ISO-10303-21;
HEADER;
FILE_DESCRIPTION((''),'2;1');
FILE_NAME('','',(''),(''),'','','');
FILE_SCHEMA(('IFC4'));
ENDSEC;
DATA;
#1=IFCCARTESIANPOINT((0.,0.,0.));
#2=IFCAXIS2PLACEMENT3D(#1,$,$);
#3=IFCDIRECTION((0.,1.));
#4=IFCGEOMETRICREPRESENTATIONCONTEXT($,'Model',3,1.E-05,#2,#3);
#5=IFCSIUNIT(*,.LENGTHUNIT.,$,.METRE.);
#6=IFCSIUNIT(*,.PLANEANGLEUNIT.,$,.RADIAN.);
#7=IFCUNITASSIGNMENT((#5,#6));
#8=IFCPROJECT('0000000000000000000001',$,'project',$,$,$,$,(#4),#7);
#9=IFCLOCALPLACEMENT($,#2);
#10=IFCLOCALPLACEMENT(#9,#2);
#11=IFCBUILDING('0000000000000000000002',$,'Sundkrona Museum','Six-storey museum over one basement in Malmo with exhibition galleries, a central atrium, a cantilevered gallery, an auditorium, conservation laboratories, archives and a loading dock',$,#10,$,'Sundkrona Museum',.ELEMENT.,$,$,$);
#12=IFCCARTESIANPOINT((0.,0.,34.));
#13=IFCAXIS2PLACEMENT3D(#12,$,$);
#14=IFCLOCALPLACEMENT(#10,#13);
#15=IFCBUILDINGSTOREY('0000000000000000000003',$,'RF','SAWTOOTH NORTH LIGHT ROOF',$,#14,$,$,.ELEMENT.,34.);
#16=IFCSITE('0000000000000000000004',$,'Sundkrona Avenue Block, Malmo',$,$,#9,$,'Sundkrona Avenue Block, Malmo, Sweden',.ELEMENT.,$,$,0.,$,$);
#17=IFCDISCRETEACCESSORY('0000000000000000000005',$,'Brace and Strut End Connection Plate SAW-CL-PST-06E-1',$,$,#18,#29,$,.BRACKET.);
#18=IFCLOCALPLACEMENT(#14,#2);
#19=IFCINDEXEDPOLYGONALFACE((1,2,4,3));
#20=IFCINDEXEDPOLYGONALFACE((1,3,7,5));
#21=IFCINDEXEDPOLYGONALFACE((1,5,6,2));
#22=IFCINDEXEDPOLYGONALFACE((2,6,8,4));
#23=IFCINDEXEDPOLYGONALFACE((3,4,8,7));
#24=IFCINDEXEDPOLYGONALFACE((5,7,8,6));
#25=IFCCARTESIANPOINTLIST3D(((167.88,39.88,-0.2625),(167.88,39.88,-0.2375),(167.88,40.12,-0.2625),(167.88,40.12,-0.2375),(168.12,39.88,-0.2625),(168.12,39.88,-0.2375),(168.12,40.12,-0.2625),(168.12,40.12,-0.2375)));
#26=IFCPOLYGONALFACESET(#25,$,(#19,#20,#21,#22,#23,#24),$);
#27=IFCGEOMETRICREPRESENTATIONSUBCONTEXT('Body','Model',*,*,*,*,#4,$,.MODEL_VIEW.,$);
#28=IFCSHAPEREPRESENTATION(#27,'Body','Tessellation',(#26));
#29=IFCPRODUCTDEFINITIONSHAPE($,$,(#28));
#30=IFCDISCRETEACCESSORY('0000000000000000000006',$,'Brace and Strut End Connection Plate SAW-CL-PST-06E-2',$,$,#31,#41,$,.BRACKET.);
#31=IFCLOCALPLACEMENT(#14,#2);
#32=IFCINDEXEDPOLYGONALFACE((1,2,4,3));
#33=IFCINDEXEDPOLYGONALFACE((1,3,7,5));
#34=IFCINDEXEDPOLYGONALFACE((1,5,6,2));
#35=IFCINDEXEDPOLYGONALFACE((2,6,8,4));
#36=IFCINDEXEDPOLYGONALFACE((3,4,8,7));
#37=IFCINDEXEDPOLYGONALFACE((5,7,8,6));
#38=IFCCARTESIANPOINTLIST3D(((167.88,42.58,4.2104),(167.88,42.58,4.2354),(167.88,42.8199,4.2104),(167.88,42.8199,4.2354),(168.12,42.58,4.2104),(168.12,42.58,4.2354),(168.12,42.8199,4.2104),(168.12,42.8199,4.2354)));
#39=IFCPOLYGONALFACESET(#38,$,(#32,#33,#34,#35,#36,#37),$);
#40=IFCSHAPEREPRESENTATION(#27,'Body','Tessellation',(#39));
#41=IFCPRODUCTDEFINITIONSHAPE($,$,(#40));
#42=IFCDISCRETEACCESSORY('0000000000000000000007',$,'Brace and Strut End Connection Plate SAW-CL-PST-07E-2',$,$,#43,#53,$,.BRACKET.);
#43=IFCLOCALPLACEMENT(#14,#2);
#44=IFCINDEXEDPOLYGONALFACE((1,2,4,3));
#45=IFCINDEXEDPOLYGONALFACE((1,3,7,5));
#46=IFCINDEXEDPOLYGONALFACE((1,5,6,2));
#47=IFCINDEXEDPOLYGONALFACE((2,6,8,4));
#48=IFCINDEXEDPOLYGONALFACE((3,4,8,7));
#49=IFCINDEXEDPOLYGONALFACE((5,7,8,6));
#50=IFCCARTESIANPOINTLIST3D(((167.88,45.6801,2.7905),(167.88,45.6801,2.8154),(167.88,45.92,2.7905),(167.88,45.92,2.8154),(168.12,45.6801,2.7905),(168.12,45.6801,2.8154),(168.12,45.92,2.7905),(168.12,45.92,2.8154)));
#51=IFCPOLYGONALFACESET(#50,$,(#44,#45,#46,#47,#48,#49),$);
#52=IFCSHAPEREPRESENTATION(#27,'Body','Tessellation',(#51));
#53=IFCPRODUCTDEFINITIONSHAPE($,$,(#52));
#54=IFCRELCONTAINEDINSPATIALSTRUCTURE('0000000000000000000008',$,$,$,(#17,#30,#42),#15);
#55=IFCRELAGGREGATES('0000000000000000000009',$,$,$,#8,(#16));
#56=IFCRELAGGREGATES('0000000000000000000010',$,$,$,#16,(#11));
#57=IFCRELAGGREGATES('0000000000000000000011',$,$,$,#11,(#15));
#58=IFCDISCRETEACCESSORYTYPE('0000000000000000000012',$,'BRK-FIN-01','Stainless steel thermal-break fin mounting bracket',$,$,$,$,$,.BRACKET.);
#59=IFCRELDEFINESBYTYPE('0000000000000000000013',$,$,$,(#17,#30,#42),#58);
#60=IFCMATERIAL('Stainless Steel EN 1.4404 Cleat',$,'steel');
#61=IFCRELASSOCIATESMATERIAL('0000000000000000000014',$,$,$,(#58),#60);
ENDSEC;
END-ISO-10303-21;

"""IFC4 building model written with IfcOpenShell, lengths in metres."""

from ifc_helpers import new_model, si_unit, direction, frame, origin, origin_2d, place, context, subcontext, project, spatial, rectangle, extrude, material, type_object, element, save


model = new_model("IFC4")

# Units and contexts
model_context = context("Model", 3, precision=1e-05, world=origin(), true_north=direction((0.0, 1.0)))
body_context = subcontext(model_context, "Body", "Model", "MODEL_VIEW")
ifc_project = project(units=[si_unit("LENGTHUNIT", "METRE"), si_unit("PLANEANGLEUNIT", "RADIAN")], contexts=[model_context])

# Site, building, storey
site_placement = place(None, origin())
site = spatial("IfcSite", under=ifc_project, at=site_placement, Name="Sundkrona Avenue Block, Malmo", LongName="Sundkrona Avenue Block, Malmo, Sweden", CompositionType="ELEMENT", RefElevation=0.0)
building_placement = place(site_placement, origin())
building = spatial("IfcBuilding", under=site, at=building_placement, Name="Sundkrona Museum", Description="Six-storey museum over one basement in Malmo with exhibition galleries, a central atrium, a cantilevered gallery, an auditorium, conservation laboratories, archives and a loading dock", LongName="Sundkrona Museum", CompositionType="ELEMENT")
storey_placement = place(building_placement, frame((0.0, 0.0, 34.0)))
storey = spatial("IfcBuildingStorey", under=building, at=storey_placement, Name="RF", Description="SAWTOOTH NORTH LIGHT ROOF", CompositionType="ELEMENT", Elevation=34.0)

# Discrete accessories
ifc_material_1 = material(Name="Stainless Steel EN 1.4404 Cleat", Category="steel")
discrete_accessory_type = type_object("IfcDiscreteAccessoryType", Name="BRK-FIN-01", Description="Stainless steel thermal-break fin mounting bracket", PredefinedType="BRACKET", material=ifc_material_1)
for number, where, z_axis, x_axis, name in (
    (1, (168.0, 40.0, -0.2625), (0.0, 0.0, 1.0), (1.0, 0.0, 0.0), "Brace and Strut End Connection Plate SAW-CL-PST-06E-1"),
    (2, (168.0, 42.7, 4.2104), (0.0, 0.0, 1.0), (1.0, 0.0, 0.0), "Brace and Strut End Connection Plate SAW-CL-PST-06E-2"),
    (3, (168.0, 45.8, 2.7905), (0.0, 0.0, 1.0), (1.0, 0.0, 0.0), "Brace and Strut End Connection Plate SAW-CL-PST-07E-2"),
):
    element("IfcDiscreteAccessory", number, at=place(storey_placement, frame(where, z_axis=z_axis, x_axis=x_axis)), inside=storey, type_object=discrete_accessory_type, Name=name, PredefinedType="BRACKET", context=body_context, shape_type="SweptSolid", body=[
        extrude(rectangle(XDim=0.24, YDim=0.24, at=origin_2d()), origin(), (0.0, 0.0, 1.0), 0.0249),
    ])

save(model, "model.ifc")
